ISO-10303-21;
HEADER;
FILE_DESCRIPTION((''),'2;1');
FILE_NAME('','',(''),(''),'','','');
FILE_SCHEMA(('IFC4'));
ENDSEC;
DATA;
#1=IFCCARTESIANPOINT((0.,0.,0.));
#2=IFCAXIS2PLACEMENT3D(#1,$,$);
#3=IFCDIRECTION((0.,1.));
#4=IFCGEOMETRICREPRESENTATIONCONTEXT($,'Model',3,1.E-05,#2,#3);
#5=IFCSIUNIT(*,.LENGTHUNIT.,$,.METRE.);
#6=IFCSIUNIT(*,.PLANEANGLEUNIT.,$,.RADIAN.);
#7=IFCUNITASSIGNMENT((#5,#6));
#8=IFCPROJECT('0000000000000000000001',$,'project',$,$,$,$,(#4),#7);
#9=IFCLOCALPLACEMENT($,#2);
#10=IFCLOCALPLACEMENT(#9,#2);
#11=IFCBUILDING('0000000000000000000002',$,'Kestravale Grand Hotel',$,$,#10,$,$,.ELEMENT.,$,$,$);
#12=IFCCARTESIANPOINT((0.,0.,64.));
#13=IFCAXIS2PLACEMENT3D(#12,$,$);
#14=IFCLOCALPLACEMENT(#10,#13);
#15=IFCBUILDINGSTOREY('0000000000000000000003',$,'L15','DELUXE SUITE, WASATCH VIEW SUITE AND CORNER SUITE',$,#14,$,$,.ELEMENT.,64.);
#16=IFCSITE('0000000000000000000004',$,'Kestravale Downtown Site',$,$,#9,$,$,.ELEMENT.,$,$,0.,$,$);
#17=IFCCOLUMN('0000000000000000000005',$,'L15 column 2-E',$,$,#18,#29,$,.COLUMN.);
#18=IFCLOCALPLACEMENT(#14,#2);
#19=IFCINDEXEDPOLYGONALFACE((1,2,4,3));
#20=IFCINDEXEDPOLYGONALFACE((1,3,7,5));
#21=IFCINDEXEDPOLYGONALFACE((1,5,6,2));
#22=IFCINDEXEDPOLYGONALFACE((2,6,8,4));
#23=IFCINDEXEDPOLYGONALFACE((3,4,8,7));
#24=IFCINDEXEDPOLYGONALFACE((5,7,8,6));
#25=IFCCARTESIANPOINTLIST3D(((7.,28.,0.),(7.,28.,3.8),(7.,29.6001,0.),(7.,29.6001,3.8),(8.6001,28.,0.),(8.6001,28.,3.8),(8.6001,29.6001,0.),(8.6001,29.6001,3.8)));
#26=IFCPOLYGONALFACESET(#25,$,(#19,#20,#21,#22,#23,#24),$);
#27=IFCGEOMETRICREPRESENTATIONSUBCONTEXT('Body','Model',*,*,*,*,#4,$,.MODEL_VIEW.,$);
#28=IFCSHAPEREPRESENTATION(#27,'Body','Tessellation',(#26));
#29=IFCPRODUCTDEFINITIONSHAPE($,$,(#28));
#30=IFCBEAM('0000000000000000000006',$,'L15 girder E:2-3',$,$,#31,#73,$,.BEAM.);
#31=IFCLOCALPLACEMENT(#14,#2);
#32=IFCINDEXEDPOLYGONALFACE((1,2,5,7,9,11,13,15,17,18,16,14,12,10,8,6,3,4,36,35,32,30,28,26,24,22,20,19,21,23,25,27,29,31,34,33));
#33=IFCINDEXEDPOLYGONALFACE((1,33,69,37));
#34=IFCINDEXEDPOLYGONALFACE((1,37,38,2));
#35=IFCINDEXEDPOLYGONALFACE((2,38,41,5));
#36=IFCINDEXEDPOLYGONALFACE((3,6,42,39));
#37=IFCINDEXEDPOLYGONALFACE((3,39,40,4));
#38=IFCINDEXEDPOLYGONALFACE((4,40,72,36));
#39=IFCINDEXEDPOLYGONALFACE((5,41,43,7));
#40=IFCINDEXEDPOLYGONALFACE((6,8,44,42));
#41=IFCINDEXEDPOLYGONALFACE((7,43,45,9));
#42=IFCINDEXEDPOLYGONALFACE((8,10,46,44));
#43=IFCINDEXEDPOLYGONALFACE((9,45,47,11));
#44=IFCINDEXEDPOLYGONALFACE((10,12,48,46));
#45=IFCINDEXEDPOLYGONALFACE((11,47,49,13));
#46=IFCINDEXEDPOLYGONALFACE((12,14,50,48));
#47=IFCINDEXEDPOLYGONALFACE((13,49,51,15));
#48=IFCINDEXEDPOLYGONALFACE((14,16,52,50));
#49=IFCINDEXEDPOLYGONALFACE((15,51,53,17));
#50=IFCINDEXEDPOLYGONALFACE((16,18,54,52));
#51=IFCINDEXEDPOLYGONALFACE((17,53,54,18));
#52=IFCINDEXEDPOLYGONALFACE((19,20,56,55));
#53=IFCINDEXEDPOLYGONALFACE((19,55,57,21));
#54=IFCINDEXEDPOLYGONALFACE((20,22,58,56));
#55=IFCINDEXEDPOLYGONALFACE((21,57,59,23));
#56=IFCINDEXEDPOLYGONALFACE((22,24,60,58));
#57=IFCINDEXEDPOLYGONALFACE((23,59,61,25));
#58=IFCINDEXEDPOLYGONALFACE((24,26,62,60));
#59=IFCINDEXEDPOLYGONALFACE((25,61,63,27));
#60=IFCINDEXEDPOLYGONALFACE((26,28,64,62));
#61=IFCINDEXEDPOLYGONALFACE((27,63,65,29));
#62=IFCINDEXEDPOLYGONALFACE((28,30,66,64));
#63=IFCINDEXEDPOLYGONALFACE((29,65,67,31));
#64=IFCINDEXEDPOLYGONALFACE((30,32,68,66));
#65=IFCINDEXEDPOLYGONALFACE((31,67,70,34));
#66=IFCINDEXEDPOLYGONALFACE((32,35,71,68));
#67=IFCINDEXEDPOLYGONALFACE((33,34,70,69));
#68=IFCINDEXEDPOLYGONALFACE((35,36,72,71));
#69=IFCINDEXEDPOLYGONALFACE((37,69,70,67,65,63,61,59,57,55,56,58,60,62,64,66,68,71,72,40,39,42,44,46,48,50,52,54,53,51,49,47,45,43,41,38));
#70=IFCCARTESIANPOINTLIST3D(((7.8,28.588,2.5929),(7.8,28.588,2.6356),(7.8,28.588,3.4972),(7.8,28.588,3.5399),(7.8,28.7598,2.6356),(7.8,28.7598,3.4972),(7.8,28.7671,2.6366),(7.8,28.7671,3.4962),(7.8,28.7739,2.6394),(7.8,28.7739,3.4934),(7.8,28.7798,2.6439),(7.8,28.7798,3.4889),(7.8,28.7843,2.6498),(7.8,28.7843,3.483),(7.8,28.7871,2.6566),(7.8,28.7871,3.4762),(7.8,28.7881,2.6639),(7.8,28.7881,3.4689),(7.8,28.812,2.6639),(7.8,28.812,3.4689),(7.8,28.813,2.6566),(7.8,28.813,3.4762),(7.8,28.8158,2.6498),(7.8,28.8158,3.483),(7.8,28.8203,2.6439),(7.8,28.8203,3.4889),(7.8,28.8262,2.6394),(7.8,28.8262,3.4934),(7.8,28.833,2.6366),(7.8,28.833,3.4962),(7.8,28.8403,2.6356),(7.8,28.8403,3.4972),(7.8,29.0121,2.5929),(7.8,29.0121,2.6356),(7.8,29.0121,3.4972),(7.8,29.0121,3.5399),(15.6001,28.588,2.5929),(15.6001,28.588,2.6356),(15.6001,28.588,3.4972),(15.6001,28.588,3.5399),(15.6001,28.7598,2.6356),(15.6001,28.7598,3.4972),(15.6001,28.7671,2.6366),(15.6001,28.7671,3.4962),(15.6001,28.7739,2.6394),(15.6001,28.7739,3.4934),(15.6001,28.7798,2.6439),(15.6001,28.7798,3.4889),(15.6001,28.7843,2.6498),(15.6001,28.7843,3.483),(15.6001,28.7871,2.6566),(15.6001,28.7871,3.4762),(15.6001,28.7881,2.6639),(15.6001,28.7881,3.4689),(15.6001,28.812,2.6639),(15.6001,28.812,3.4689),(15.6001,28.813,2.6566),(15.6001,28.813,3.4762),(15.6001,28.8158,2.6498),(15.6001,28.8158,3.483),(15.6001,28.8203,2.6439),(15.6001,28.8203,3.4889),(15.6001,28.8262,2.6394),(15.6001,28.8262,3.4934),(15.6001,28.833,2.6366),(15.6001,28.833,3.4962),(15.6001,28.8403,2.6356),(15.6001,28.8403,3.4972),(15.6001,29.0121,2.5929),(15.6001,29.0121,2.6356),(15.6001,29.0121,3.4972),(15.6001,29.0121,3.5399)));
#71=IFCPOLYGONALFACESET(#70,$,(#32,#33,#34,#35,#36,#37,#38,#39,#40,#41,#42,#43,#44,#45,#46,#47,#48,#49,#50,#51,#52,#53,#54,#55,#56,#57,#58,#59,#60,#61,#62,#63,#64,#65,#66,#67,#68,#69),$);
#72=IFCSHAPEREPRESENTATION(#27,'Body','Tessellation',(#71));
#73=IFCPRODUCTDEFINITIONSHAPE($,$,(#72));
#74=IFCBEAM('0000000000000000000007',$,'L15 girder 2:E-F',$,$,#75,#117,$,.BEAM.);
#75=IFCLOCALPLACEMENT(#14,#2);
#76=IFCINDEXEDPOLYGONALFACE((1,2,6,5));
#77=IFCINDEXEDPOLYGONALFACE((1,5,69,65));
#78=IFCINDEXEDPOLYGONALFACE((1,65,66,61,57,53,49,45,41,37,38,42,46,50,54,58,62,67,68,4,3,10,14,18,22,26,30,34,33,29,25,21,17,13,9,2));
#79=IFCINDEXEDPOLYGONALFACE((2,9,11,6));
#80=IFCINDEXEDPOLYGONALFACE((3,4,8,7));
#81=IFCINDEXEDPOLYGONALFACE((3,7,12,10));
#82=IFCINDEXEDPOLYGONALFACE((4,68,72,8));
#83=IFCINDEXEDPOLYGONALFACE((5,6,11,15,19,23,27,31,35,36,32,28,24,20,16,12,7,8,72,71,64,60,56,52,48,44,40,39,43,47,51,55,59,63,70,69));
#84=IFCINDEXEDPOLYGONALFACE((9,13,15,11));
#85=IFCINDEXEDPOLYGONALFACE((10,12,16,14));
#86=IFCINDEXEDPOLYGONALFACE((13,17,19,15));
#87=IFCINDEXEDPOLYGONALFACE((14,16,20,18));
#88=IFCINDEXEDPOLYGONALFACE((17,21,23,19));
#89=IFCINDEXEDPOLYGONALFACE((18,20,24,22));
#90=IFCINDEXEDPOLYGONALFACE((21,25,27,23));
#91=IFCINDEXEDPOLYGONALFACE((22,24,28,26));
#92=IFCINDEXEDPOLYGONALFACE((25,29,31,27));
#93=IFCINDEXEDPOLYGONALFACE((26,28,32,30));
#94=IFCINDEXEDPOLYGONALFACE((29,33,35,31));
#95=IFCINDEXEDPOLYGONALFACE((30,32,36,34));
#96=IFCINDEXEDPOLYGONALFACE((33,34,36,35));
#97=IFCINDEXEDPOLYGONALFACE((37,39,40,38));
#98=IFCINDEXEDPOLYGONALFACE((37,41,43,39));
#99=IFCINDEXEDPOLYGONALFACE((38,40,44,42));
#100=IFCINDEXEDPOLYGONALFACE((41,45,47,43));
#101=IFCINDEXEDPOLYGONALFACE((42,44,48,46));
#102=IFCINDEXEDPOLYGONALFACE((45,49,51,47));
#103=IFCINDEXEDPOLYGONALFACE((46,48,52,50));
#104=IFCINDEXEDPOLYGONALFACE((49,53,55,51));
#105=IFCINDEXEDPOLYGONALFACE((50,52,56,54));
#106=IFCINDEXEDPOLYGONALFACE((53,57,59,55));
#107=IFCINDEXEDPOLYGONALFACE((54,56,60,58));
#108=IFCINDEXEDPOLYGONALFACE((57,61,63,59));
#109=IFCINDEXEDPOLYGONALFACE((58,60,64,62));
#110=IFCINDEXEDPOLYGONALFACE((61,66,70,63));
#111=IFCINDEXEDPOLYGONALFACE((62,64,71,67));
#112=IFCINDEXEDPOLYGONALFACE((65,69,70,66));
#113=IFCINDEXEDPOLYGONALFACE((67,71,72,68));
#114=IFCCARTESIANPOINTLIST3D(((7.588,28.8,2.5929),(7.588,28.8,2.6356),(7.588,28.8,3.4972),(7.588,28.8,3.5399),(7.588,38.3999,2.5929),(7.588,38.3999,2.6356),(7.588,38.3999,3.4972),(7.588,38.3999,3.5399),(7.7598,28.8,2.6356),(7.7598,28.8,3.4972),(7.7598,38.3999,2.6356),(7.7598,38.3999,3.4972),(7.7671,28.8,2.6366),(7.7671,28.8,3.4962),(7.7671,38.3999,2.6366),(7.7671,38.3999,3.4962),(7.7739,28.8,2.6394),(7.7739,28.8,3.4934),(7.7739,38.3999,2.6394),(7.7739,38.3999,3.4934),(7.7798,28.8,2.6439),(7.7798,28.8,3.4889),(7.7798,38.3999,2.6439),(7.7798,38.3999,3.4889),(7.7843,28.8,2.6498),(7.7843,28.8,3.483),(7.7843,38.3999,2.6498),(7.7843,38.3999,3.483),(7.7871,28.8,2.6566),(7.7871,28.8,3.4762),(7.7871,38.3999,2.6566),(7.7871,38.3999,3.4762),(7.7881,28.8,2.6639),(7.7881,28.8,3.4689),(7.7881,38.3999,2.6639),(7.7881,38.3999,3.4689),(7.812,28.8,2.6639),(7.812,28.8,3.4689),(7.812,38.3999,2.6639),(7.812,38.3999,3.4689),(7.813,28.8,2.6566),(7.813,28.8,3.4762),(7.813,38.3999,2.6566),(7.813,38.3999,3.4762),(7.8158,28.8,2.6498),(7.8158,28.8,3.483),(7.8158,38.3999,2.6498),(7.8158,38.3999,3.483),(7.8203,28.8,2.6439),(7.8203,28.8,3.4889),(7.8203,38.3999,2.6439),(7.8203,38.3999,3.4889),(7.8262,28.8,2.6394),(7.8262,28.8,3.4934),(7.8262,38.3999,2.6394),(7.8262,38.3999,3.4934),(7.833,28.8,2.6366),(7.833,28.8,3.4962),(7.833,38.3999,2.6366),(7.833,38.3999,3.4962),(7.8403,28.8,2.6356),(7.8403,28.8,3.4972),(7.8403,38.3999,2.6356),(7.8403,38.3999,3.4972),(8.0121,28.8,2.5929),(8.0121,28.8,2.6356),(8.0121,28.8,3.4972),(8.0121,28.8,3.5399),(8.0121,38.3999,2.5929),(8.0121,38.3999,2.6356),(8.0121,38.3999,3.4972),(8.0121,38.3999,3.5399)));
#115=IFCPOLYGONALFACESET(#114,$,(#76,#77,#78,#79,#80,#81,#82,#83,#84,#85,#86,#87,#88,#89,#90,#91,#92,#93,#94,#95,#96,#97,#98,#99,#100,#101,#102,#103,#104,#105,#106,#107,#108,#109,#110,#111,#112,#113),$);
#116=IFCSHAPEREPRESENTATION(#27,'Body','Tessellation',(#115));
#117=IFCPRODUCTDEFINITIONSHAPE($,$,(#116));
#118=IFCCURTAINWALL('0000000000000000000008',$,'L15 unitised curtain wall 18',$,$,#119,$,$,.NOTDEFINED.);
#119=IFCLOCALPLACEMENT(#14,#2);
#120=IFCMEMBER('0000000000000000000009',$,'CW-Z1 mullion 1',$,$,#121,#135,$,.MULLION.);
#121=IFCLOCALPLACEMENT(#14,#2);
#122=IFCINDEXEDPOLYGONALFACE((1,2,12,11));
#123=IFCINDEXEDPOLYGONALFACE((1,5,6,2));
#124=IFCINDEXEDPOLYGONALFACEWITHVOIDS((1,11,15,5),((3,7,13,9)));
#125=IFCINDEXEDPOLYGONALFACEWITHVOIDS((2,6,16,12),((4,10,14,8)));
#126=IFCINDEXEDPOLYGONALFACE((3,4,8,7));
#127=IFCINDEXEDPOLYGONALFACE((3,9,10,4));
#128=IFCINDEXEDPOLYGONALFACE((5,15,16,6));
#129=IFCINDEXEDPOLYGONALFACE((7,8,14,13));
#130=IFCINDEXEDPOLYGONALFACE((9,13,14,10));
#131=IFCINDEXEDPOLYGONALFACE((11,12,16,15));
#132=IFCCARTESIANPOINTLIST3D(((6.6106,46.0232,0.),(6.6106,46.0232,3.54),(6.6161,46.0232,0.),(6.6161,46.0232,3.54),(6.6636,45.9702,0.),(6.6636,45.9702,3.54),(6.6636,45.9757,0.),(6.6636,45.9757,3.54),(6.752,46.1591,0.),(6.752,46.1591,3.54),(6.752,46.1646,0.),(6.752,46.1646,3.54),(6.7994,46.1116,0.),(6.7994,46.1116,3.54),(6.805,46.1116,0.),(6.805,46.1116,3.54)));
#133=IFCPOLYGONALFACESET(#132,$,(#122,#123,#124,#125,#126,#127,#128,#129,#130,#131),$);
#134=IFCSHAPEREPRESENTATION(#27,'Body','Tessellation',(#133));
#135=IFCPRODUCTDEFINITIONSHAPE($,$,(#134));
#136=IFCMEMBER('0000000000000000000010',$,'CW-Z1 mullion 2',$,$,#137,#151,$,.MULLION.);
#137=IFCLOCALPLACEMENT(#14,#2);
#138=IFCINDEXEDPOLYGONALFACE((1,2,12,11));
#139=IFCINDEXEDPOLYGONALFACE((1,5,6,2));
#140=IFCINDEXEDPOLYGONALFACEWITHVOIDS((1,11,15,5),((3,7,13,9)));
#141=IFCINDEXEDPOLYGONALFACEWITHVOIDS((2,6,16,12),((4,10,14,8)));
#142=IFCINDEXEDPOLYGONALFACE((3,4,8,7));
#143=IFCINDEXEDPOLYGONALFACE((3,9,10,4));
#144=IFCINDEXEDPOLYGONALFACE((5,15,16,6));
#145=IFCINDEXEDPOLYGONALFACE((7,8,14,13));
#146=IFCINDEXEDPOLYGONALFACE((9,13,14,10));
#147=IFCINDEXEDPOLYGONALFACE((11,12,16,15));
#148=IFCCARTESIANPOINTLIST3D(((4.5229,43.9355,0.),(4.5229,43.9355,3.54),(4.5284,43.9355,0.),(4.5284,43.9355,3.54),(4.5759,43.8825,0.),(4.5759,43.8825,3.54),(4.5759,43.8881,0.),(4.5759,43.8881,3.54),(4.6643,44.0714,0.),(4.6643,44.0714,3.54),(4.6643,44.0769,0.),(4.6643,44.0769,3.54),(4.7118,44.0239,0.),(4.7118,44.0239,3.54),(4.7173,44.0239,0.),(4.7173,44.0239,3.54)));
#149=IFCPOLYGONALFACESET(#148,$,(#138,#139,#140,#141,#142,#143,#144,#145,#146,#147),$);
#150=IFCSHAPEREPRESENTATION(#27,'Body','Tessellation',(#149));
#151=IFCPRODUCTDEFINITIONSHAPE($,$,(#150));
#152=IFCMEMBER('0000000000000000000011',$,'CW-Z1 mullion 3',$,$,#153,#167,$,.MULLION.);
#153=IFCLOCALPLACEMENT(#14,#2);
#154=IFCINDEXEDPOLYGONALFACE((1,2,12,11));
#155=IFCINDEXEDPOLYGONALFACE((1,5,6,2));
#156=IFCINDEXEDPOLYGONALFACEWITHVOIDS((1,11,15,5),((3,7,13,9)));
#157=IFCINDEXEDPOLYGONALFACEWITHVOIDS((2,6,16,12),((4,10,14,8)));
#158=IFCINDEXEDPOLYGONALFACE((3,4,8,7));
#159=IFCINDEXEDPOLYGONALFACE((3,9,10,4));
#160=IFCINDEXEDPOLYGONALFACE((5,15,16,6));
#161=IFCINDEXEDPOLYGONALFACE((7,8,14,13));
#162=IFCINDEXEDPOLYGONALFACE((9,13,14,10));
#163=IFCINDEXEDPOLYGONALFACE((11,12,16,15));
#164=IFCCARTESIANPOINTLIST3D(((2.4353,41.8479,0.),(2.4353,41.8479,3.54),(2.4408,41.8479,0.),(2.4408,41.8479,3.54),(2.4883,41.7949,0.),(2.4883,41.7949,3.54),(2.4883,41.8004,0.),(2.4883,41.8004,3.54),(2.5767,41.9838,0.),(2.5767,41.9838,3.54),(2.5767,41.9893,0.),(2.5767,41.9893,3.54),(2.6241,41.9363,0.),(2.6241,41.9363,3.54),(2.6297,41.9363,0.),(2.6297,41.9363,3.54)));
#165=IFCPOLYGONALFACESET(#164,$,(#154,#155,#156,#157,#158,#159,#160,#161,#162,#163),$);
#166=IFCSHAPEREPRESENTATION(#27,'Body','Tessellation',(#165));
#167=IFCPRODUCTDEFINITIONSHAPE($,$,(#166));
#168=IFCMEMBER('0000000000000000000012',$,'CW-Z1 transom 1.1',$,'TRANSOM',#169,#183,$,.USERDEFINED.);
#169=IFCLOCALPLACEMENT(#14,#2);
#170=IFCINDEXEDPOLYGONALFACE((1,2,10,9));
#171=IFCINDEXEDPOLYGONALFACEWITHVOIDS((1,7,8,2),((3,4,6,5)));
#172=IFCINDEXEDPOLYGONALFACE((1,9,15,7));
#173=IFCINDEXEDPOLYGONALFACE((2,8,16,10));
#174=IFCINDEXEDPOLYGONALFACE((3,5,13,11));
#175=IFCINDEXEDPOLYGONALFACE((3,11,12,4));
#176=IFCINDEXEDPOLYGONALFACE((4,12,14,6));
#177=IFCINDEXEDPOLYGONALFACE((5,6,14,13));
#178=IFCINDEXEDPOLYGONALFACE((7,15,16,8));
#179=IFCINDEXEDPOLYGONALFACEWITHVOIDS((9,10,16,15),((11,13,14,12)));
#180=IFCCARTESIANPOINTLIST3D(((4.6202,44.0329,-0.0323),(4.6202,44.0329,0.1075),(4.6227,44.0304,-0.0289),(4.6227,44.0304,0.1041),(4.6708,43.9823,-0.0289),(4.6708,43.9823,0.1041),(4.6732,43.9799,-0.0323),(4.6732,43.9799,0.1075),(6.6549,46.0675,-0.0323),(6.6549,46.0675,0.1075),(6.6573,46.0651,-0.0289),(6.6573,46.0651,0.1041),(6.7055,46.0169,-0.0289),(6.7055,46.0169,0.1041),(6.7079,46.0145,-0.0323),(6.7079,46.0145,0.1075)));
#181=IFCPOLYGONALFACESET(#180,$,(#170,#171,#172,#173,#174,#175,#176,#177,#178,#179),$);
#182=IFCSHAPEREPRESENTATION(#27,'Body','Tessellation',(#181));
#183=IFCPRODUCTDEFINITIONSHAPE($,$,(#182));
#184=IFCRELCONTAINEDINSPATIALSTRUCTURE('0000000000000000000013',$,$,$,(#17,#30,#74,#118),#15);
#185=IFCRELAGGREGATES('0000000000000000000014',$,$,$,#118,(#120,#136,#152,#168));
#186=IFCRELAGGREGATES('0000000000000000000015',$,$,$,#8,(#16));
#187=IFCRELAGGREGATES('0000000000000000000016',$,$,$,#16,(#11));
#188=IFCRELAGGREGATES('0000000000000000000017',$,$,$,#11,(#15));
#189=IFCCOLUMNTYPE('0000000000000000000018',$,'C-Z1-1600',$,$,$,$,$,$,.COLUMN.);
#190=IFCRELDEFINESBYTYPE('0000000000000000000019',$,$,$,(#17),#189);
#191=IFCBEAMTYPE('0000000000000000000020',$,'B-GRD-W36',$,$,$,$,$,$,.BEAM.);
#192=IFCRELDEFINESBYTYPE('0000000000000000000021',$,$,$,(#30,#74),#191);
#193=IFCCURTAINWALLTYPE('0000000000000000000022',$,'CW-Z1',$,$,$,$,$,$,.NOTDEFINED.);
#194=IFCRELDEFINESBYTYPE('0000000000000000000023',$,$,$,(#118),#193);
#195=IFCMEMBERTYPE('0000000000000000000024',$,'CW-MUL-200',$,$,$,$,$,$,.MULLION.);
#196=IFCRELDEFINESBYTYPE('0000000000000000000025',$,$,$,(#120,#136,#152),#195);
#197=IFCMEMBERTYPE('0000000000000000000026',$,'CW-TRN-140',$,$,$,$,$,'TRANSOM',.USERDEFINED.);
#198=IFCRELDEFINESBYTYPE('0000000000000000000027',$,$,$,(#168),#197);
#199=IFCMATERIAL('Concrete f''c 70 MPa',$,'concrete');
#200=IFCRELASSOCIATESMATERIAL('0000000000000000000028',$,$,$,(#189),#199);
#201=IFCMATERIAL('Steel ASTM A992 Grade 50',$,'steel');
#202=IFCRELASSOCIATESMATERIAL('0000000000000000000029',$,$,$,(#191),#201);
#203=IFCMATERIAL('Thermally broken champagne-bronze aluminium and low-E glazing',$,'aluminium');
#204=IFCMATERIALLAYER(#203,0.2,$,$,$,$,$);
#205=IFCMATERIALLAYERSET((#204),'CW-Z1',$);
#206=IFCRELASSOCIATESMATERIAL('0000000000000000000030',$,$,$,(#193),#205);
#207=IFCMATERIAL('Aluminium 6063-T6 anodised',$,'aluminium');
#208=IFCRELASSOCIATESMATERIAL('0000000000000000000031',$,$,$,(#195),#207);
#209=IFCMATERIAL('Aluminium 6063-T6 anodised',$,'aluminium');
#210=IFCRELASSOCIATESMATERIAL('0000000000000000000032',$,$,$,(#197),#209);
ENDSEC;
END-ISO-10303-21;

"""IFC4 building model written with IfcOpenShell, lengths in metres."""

from ifc_helpers import new_model, si_unit, direction, frame, origin, origin_2d, place, context, subcontext, project, spatial, rectangle, hollow_rectangle, i_section, extrude, material, layer, layer_set, material_profile, profile_set, type_object, element, aggregate, save


model = new_model("IFC4")

# Units and contexts
model_context = context("Model", 3, precision=1e-05, world=origin(), true_north=direction((0.0, 1.0)))
body_context = subcontext(model_context, "Body", "Model", "MODEL_VIEW")
ifc_project = project(units=[si_unit("LENGTHUNIT", "METRE"), si_unit("PLANEANGLEUNIT", "RADIAN")], contexts=[model_context])

# Site, building, storey
site_placement = place(None, origin())
site = spatial("IfcSite", under=ifc_project, at=site_placement, Name="Kestravale Downtown Site", CompositionType="ELEMENT", RefElevation=0.0)
building_placement = place(site_placement, origin())
building = spatial("IfcBuilding", under=site, at=building_placement, Name="Kestravale Grand Hotel", CompositionType="ELEMENT")
storey_placement = place(building_placement, frame((0.0, 0.0, 64.0)))
storey = spatial("IfcBuildingStorey", under=building, at=storey_placement, Name="L15", Description="DELUXE SUITE, WASATCH VIEW SUITE AND CORNER SUITE", CompositionType="ELEMENT", Elevation=64.0)

# Column
ifc_material_1 = material(Name="Concrete f'c 70 MPa", Category="concrete")
ifc_material_profile_1 = material_profile(ifc_material_1, rectangle(XDim=1.6001, YDim=1.6001, at=origin_2d()))
ifc_profile_set_1 = profile_set([ifc_material_profile_1], Name="Concrete f'c 70 MPa")
column_type = type_object("IfcColumnType", Name="C-Z1-1600", PredefinedType="COLUMN", material=ifc_profile_set_1)
column_placement = place(storey_placement, frame((7.8, 28.8, 0.0), z_axis=(0.0, 0.0, 1.0), x_axis=(1.0, 0.0, 0.0)))
element("IfcColumn", 1, at=column_placement, inside=storey, type_object=column_type, Name="L15 column 2-E", PredefinedType="COLUMN", context=body_context, shape_type="SweptSolid", body=[
    extrude(rectangle(XDim=1.6001, YDim=1.6001, at=origin_2d()), origin(), (0.0, 0.0, 1.0), 3.8),
])

# Beams
ifc_material_2 = material(Name="Steel ASTM A992 Grade 50", Category="steel")
ifc_material_profile_2 = material_profile(ifc_material_2, i_section(OverallWidth=0.4241, OverallDepth=0.947, WebThickness=0.0239, FlangeThickness=0.0427, FilletRadius=0.0283, at=origin_2d()))
ifc_profile_set_2 = profile_set([ifc_material_profile_2], Name="Steel ASTM A992 Grade 50")
beam_type = type_object("IfcBeamType", Name="B-GRD-W36", PredefinedType="BEAM", material=ifc_profile_set_2)
beam_1_placement = place(storey_placement, frame((7.8, 28.8, 3.0664), z_axis=(1.0, 0.0, 0.0), x_axis=(0.0, 1.0, 0.0)))
element("IfcBeam", 2, at=beam_1_placement, inside=storey, type_object=beam_type, Name="L15 girder E:2-3", PredefinedType="BEAM", context=body_context, shape_type="SweptSolid", body=[
    extrude(i_section(OverallWidth=0.4241, OverallDepth=0.947, WebThickness=0.0239, FlangeThickness=0.0427, FilletRadius=0.0283, at=origin_2d()), origin(), (0.0, 0.0, 1.0), 7.8),
])
beam_2_placement = place(storey_placement, frame((7.8, 28.8, 3.0664), z_axis=(0.0, 1.0, 0.0), x_axis=(-1.0, 0.0, 0.0)))
element("IfcBeam", 3, at=beam_2_placement, inside=storey, type_object=beam_type, Name="L15 girder 2:E-F", PredefinedType="BEAM", context=body_context, shape_type="SweptSolid", body=[
    extrude(i_section(OverallWidth=0.4241, OverallDepth=0.947, WebThickness=0.0239, FlangeThickness=0.0427, FilletRadius=0.0283, at=origin_2d()), origin(), (0.0, 0.0, 1.0), 9.5999),
])

# Curtain wall, members
ifc_material_3 = material(Name="Thermally broken champagne-bronze aluminium and low-E glazing", Category="aluminium")
ifc_layer_1 = layer(ifc_material_3, 0.2)
ifc_layer_set_1 = layer_set([ifc_layer_1], Name="CW-Z1")
curtain_wall_type = type_object("IfcCurtainWallType", Name="CW-Z1", PredefinedType="NOTDEFINED", material=ifc_layer_set_1)
curtain_wall_placement = place(storey_placement, origin())
curtain_wall = element("IfcCurtainWall", 4, at=curtain_wall_placement, inside=storey, type_object=curtain_wall_type, Name="L15 unitised curtain wall 18", PredefinedType="NOTDEFINED")
ifc_material_4 = material(Name="Aluminium 6063-T6 anodised", Category="aluminium")
ifc_material_profile_3 = material_profile(ifc_material_4, hollow_rectangle(XDim=0.075, YDim=0.2, WallThickness=0.0039, at=origin_2d()))
ifc_profile_set_3 = profile_set([ifc_material_profile_3], Name="Aluminium 6063-T6 anodised")
member_type_1 = type_object("IfcMemberType", Name="CW-MUL-200", PredefinedType="MULLION", material=ifc_profile_set_3)
member_1_placement = place(storey_placement, frame((6.7078, 46.0674, 0.0), z_axis=(0.0, 0.0, 1.0), x_axis=(0.707107, -0.707107, 0.0)))
member_1 = element("IfcMember", 5, at=member_1_placement, type_object=member_type_1, Name="CW-Z1 mullion 1", PredefinedType="MULLION", context=body_context, shape_type="SweptSolid", body=[
    extrude(hollow_rectangle(XDim=0.075, YDim=0.2, WallThickness=0.0039, at=origin_2d()), origin(), (0.0, 0.0, 1.0), 3.54),
])
member_2_placement = place(storey_placement, frame((4.6201, 43.9797, 0.0), z_axis=(0.0, 0.0, 1.0), x_axis=(0.707107, -0.707107, 0.0)))
member_2 = element("IfcMember", 6, at=member_2_placement, type_object=member_type_1, Name="CW-Z1 mullion 2", PredefinedType="MULLION", context=body_context, shape_type="SweptSolid", body=[
    extrude(hollow_rectangle(XDim=0.075, YDim=0.2, WallThickness=0.0039, at=origin_2d()), origin(), (0.0, 0.0, 1.0), 3.54),
])
member_3_placement = place(storey_placement, frame((2.5325, 41.8921, 0.0), z_axis=(0.0, 0.0, 1.0), x_axis=(0.707107, -0.707107, 0.0)))
member_3 = element("IfcMember", 7, at=member_3_placement, type_object=member_type_1, Name="CW-Z1 mullion 3", PredefinedType="MULLION", context=body_context, shape_type="SweptSolid", body=[
    extrude(hollow_rectangle(XDim=0.075, YDim=0.2, WallThickness=0.0039, at=origin_2d()), origin(), (0.0, 0.0, 1.0), 3.54),
])
ifc_material_5 = material(Name="Aluminium 6063-T6 anodised", Category="aluminium")
ifc_material_profile_4 = material_profile(ifc_material_5, hollow_rectangle(XDim=0.075, YDim=0.1399, WallThickness=0.0034, at=origin_2d()))
ifc_profile_set_4 = profile_set([ifc_material_profile_4], Name="Aluminium 6063-T6 anodised")
member_type_2 = type_object("IfcMemberType", Name="CW-TRN-140", ElementType="TRANSOM", PredefinedType="USERDEFINED", material=ifc_profile_set_4)
member_4_placement = place(storey_placement, frame((6.6814, 46.041, 0.0376), z_axis=(-0.707107, -0.707107, 0.0), x_axis=(0.707107, -0.707107, 0.0)))
member_4 = element("IfcMember", 8, at=member_4_placement, type_object=member_type_2, Name="CW-Z1 transom 1.1", ObjectType="TRANSOM", PredefinedType="USERDEFINED", context=body_context, shape_type="SweptSolid", body=[
    extrude(hollow_rectangle(XDim=0.075, YDim=0.1399, WallThickness=0.0034, at=origin_2d()), origin(), (0.0, 0.0, 1.0), 2.8774),
])
aggregate(curtain_wall, [member_1, member_2, member_3, member_4])

save(model, "model.ifc")
